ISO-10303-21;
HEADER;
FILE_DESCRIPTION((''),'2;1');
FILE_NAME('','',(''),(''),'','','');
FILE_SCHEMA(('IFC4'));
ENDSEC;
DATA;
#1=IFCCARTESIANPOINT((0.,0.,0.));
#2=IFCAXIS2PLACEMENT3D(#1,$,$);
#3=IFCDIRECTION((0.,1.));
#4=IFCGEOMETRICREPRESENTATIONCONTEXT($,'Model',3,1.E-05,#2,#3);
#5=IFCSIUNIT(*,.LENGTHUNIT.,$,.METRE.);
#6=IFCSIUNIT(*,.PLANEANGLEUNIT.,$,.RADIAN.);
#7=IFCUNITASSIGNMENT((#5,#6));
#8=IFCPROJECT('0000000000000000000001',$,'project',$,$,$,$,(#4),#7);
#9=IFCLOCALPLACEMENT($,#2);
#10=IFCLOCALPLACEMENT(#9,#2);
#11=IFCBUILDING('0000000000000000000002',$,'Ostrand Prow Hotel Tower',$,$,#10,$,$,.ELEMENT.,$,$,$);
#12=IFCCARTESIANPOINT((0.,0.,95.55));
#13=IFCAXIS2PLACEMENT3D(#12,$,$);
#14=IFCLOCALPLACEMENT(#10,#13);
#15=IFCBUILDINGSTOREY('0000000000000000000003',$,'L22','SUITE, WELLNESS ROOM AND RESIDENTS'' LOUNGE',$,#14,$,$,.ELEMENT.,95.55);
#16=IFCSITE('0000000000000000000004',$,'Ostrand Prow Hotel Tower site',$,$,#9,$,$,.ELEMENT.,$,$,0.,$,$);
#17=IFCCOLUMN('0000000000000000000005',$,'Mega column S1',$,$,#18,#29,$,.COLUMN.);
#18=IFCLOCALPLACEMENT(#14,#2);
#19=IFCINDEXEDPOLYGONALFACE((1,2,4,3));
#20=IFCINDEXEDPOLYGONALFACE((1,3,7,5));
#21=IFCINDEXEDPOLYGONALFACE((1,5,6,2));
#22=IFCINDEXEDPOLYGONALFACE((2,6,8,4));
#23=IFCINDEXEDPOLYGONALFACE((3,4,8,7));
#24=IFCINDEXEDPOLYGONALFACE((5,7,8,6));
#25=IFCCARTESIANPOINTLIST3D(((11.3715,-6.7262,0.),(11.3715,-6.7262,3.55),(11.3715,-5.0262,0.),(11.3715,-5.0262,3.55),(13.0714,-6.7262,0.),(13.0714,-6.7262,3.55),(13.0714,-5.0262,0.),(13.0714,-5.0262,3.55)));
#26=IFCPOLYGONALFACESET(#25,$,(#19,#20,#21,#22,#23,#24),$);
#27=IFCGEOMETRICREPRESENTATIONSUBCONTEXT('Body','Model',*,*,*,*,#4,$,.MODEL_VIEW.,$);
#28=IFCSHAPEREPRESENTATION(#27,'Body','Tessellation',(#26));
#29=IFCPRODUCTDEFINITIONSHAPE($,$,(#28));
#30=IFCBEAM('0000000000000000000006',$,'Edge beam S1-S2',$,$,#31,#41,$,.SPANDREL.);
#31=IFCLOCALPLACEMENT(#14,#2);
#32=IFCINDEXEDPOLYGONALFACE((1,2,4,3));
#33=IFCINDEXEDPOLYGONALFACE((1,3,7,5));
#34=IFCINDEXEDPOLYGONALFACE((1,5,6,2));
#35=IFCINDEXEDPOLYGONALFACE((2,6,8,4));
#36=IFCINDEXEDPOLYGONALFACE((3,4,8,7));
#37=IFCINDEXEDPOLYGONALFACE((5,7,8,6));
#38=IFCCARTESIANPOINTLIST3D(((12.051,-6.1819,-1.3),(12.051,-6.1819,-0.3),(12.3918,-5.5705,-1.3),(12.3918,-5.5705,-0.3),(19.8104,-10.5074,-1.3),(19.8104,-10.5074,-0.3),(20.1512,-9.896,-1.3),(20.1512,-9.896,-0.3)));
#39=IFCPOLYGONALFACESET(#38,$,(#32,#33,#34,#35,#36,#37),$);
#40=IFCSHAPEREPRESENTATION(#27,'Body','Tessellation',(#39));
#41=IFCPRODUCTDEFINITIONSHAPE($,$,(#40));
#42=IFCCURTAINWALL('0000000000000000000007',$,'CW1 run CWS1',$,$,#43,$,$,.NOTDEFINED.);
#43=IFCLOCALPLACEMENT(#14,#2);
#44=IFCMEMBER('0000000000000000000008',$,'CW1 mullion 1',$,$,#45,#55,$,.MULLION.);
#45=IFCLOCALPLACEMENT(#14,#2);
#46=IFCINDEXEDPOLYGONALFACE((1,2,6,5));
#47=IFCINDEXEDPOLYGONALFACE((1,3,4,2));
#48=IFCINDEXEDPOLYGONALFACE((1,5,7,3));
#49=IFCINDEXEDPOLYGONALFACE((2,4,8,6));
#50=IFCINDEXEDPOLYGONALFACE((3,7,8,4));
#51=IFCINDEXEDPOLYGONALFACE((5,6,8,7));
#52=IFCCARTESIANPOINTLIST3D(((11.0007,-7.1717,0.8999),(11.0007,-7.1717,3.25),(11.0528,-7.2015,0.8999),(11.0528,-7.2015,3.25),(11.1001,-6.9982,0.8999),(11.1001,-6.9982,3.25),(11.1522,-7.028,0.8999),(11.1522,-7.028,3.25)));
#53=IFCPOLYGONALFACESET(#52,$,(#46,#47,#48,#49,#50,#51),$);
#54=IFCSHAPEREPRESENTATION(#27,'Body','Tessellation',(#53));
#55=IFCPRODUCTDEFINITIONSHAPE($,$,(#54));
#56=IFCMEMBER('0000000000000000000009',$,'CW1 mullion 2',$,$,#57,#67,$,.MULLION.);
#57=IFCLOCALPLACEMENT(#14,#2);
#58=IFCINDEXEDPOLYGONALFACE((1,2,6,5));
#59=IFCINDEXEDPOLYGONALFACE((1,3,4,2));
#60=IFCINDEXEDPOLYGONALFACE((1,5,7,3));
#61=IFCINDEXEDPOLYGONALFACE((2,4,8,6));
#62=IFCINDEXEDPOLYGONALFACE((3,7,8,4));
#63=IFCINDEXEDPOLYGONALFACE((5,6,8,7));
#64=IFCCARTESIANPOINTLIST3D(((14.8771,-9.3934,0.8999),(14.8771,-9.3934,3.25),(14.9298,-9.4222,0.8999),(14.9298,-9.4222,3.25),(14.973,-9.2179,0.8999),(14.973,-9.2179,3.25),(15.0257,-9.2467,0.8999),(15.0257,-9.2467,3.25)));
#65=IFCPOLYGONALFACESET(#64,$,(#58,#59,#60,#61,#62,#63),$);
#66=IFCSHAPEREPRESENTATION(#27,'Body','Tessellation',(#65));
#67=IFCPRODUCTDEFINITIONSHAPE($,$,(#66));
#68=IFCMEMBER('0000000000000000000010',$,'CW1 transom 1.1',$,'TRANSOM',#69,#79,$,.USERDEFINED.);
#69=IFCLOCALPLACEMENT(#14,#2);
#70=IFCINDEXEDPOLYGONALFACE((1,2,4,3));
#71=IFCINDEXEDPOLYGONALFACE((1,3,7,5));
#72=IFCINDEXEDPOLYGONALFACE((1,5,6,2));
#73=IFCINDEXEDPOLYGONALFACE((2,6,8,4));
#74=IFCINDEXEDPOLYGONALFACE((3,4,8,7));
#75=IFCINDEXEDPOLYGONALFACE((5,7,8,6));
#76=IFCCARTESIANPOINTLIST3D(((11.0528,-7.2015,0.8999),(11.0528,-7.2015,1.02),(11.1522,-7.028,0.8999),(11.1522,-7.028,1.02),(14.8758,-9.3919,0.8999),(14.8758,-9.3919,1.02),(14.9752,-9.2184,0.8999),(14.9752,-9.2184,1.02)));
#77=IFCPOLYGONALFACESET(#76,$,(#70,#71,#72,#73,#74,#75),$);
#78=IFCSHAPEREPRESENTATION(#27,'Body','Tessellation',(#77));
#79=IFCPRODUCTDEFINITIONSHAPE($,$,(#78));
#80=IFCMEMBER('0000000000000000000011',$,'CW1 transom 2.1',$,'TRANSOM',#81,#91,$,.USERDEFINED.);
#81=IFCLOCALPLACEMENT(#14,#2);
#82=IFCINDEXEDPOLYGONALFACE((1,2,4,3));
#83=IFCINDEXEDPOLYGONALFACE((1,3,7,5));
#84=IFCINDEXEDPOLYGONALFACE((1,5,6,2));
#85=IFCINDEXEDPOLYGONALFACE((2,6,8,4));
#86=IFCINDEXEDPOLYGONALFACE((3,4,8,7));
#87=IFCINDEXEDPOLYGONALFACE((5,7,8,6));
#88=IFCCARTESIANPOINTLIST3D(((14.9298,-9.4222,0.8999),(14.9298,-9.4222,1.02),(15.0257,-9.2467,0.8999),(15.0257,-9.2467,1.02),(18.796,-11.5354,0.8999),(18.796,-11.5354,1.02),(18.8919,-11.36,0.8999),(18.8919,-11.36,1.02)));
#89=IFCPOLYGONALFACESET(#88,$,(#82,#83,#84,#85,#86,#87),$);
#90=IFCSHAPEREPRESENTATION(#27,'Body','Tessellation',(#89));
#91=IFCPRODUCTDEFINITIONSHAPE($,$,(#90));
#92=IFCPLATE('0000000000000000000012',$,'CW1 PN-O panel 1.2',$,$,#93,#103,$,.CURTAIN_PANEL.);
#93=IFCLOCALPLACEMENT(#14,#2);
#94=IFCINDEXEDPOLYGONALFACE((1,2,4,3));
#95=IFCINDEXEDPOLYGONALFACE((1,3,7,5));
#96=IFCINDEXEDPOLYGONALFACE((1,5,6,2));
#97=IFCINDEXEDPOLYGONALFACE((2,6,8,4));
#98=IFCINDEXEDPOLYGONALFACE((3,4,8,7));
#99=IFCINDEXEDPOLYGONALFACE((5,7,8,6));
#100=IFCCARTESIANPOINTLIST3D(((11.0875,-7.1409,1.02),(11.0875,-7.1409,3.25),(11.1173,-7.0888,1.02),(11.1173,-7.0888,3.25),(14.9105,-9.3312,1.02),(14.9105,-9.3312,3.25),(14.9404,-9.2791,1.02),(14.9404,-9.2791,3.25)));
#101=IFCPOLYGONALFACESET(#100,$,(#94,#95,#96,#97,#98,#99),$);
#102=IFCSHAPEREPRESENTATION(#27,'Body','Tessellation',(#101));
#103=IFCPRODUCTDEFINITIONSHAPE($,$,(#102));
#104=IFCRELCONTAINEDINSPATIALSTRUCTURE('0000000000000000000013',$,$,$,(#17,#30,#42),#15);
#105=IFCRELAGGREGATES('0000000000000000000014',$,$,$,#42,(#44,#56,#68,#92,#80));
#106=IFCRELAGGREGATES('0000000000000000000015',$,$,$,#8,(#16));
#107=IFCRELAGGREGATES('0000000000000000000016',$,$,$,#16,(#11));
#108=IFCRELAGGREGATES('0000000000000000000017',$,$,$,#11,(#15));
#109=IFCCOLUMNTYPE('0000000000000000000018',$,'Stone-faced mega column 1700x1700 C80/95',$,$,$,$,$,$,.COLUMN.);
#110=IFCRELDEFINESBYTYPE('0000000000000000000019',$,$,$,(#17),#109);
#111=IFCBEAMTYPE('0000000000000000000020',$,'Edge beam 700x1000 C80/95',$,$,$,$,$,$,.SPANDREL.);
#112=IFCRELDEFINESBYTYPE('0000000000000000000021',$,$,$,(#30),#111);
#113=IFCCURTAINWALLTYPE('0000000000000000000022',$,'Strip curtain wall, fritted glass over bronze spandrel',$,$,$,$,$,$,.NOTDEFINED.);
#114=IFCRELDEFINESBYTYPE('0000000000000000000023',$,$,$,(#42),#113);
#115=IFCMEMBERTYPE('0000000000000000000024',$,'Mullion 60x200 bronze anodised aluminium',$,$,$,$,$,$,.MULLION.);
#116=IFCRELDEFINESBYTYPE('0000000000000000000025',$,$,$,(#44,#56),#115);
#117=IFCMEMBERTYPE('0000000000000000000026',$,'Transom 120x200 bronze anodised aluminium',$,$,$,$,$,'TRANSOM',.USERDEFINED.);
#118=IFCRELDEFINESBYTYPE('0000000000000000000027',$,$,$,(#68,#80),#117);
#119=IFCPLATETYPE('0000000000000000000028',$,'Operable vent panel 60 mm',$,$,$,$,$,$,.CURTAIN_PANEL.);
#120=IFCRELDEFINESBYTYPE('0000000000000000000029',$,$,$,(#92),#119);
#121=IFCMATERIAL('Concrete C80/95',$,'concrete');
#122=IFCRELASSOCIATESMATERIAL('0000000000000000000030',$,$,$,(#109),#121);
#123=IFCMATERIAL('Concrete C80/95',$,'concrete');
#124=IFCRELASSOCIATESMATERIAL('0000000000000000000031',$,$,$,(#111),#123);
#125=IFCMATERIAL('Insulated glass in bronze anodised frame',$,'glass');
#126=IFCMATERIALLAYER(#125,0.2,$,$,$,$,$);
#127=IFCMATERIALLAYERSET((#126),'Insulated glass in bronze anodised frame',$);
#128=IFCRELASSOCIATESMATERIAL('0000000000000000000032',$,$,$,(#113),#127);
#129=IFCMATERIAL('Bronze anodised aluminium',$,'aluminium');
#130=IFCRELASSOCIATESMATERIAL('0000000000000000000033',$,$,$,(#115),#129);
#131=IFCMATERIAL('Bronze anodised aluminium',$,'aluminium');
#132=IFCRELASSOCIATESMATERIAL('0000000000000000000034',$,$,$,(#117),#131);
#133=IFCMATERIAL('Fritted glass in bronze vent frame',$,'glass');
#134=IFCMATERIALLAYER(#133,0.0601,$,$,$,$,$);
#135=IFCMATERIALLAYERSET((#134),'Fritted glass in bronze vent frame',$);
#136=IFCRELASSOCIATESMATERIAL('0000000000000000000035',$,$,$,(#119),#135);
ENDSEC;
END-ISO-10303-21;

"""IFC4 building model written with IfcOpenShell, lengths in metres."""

from ifc_helpers import new_model, si_unit, direction, frame, origin, origin_2d, place, context, subcontext, project, spatial, rectangle, extrude, material, layer, layer_set, material_profile, profile_set, type_object, element, aggregate, save


model = new_model("IFC4")

# Units and contexts
model_context = context("Model", 3, precision=1e-05, world=origin(), true_north=direction((0.0, 1.0)))
body_context = subcontext(model_context, "Body", "Model", "MODEL_VIEW")
ifc_project = project(units=[si_unit("LENGTHUNIT", "METRE"), si_unit("PLANEANGLEUNIT", "RADIAN")], contexts=[model_context])

# Site, building, storey
site_placement = place(None, origin())
site = spatial("IfcSite", under=ifc_project, at=site_placement, Name="Ostrand Prow Hotel Tower site", CompositionType="ELEMENT", RefElevation=0.0)
building_placement = place(site_placement, origin())
building = spatial("IfcBuilding", under=site, at=building_placement, Name="Ostrand Prow Hotel Tower", CompositionType="ELEMENT")
storey_placement = place(building_placement, frame((0.0, 0.0, 95.55)))
storey = spatial("IfcBuildingStorey", under=building, at=storey_placement, Name="L22", Description="SUITE, WELLNESS ROOM AND RESIDENTS' LOUNGE", CompositionType="ELEMENT", Elevation=95.55)

# Column
ifc_material_1 = material(Name="Concrete C80/95", Category="concrete")
ifc_material_profile_1 = material_profile(ifc_material_1, rectangle(XDim=1.7, YDim=1.7, at=origin_2d()), Name="RC 1700x1700")
ifc_profile_set_1 = profile_set([ifc_material_profile_1], Name="Concrete C80/95")
column_type = type_object("IfcColumnType", Name="Stone-faced mega column 1700x1700 C80/95", PredefinedType="COLUMN", material=ifc_profile_set_1)
column_placement = place(storey_placement, frame((12.2214, -5.8762, 0.0), z_axis=(0.0, 0.0, 1.0), x_axis=(1.0, 0.0, 0.0)))
element("IfcColumn", 1, at=column_placement, inside=storey, type_object=column_type, Name="Mega column S1", PredefinedType="COLUMN", context=body_context, shape_type="SweptSolid", body=[
    extrude(rectangle(XDim=1.7, YDim=1.7, at=origin_2d()), origin(), (0.0, 0.0, 1.0), 3.55),
])

# Beam
ifc_material_2 = material(Name="Concrete C80/95", Category="concrete")
ifc_material_profile_2 = material_profile(ifc_material_2, rectangle(XDim=0.7, YDim=1.0, at=origin_2d()), Name="RC 700x1000")
ifc_profile_set_2 = profile_set([ifc_material_profile_2], Name="Concrete C80/95")
beam_type = type_object("IfcBeamType", Name="Edge beam 700x1000 C80/95", PredefinedType="SPANDREL", material=ifc_profile_set_2)
beam_placement = place(storey_placement, frame((12.2214, -5.8762, -0.8), z_axis=(0.873452, -0.486909, 0.0), x_axis=(0.486909, 0.873452, 0.0)))
element("IfcBeam", 2, at=beam_placement, inside=storey, type_object=beam_type, Name="Edge beam S1-S2", PredefinedType="SPANDREL", context=body_context, shape_type="SweptSolid", body=[
    extrude(rectangle(XDim=0.7, YDim=1.0, at=origin_2d()), origin(), (0.0, 0.0, 1.0), 8.8835),
])

# Curtain wall, members, plate
ifc_material_3 = material(Name="Insulated glass in bronze anodised frame", Category="glass")
ifc_layer_1 = layer(ifc_material_3, 0.2)
ifc_layer_set_1 = layer_set([ifc_layer_1], Name="Insulated glass in bronze anodised frame")
curtain_wall_type = type_object("IfcCurtainWallType", Name="Strip curtain wall, fritted glass over bronze spandrel", PredefinedType="NOTDEFINED", material=ifc_layer_set_1)
curtain_wall_placement = place(storey_placement, origin())
curtain_wall = element("IfcCurtainWall", 3, at=curtain_wall_placement, inside=storey, type_object=curtain_wall_type, Name="CW1 run CWS1", PredefinedType="NOTDEFINED")
ifc_material_4 = material(Name="Bronze anodised aluminium", Category="aluminium")
ifc_material_profile_3 = material_profile(ifc_material_4, rectangle(XDim=0.2, YDim=0.0601, at=origin_2d()), Name="Mullion 60x200 bronze anodised aluminium")
ifc_profile_set_3 = profile_set([ifc_material_profile_3], Name="Bronze anodised aluminium")
member_type_1 = type_object("IfcMemberType", Name="Mullion 60x200 bronze anodised aluminium", PredefinedType="MULLION", material=ifc_profile_set_3)
member_1_placement = place(storey_placement, frame((11.0764, -7.0999, 0.8999), z_axis=(0.0, 0.0, 1.0), x_axis=(0.497115, 0.867685, 0.0)))
member_1 = element("IfcMember", 4, at=member_1_placement, type_object=member_type_1, Name="CW1 mullion 1", PredefinedType="MULLION", context=body_context, shape_type="SweptSolid", body=[
    extrude(rectangle(XDim=0.2, YDim=0.0601, at=origin_2d()), origin(), (0.0, 0.0, 1.0), 2.3501),
])
member_2_placement = place(storey_placement, frame((14.9514, -9.3201, 0.8999), z_axis=(0.0, 0.0, 1.0), x_axis=(0.479637, 0.877467, 0.0)))
member_2 = element("IfcMember", 5, at=member_2_placement, type_object=member_type_1, Name="CW1 mullion 2", PredefinedType="MULLION", context=body_context, shape_type="SweptSolid", body=[
    extrude(rectangle(XDim=0.2, YDim=0.0601, at=origin_2d()), origin(), (0.0, 0.0, 1.0), 2.3501),
])
ifc_material_5 = material(Name="Bronze anodised aluminium", Category="aluminium")
ifc_material_profile_4 = material_profile(ifc_material_5, rectangle(XDim=0.2, YDim=0.1201, at=origin_2d()), Name="Transom 120x200 bronze anodised aluminium")
ifc_profile_set_4 = profile_set([ifc_material_profile_4], Name="Bronze anodised aluminium")
member_type_2 = type_object("IfcMemberType", Name="Transom 120x200 bronze anodised aluminium", ElementType="TRANSOM", PredefinedType="USERDEFINED", material=ifc_profile_set_4)
member_3_placement = place(storey_placement, frame((11.1025, -7.1147, 0.96), z_axis=(0.86767, -0.497141, 0.0), x_axis=(0.497141, 0.86767, 0.0)))
member_3 = element("IfcMember", 6, at=member_3_placement, type_object=member_type_2, Name="CW1 transom 1.1", ObjectType="TRANSOM", PredefinedType="USERDEFINED", context=body_context, shape_type="SweptSolid", body=[
    extrude(rectangle(XDim=0.2, YDim=0.1201, at=origin_2d()), origin(), (0.0, 0.0, 1.0), 4.406),
])
member_4_placement = place(storey_placement, frame((14.9778, -9.3345, 0.96), z_axis=(0.877472, -0.479628, 0.0), x_axis=(0.479628, 0.877472, 0.0)))
member_4 = element("IfcMember", 7, at=member_4_placement, type_object=member_type_2, Name="CW1 transom 2.1", ObjectType="TRANSOM", PredefinedType="USERDEFINED", context=body_context, shape_type="SweptSolid", body=[
    extrude(rectangle(XDim=0.2, YDim=0.1201, at=origin_2d()), origin(), (0.0, 0.0, 1.0), 4.406),
])
ifc_material_6 = material(Name="Fritted glass in bronze vent frame", Category="glass")
ifc_layer_2 = layer(ifc_material_6, 0.0601)
ifc_layer_set_2 = layer_set([ifc_layer_2], Name="Fritted glass in bronze vent frame")
plate_type = type_object("IfcPlateType", Name="Operable vent panel 60 mm", PredefinedType="CURTAIN_PANEL", material=ifc_layer_set_2)
plate_placement = place(storey_placement, frame((13.0139, -8.21, 1.02), z_axis=(0.0, 0.0, 1.0), x_axis=(0.867685, -0.497115, 0.0)))
plate = element("IfcPlate", 8, at=plate_placement, type_object=plate_type, Name="CW1 PN-O panel 1.2", PredefinedType="CURTAIN_PANEL", context=body_context, shape_type="SweptSolid", body=[
    extrude(rectangle(XDim=4.406, YDim=0.0601, at=origin_2d()), origin(), (0.0, 0.0, 1.0), 2.23),
])
aggregate(curtain_wall, [member_1, member_2, member_3, plate, member_4])

save(model, "model.ifc")
